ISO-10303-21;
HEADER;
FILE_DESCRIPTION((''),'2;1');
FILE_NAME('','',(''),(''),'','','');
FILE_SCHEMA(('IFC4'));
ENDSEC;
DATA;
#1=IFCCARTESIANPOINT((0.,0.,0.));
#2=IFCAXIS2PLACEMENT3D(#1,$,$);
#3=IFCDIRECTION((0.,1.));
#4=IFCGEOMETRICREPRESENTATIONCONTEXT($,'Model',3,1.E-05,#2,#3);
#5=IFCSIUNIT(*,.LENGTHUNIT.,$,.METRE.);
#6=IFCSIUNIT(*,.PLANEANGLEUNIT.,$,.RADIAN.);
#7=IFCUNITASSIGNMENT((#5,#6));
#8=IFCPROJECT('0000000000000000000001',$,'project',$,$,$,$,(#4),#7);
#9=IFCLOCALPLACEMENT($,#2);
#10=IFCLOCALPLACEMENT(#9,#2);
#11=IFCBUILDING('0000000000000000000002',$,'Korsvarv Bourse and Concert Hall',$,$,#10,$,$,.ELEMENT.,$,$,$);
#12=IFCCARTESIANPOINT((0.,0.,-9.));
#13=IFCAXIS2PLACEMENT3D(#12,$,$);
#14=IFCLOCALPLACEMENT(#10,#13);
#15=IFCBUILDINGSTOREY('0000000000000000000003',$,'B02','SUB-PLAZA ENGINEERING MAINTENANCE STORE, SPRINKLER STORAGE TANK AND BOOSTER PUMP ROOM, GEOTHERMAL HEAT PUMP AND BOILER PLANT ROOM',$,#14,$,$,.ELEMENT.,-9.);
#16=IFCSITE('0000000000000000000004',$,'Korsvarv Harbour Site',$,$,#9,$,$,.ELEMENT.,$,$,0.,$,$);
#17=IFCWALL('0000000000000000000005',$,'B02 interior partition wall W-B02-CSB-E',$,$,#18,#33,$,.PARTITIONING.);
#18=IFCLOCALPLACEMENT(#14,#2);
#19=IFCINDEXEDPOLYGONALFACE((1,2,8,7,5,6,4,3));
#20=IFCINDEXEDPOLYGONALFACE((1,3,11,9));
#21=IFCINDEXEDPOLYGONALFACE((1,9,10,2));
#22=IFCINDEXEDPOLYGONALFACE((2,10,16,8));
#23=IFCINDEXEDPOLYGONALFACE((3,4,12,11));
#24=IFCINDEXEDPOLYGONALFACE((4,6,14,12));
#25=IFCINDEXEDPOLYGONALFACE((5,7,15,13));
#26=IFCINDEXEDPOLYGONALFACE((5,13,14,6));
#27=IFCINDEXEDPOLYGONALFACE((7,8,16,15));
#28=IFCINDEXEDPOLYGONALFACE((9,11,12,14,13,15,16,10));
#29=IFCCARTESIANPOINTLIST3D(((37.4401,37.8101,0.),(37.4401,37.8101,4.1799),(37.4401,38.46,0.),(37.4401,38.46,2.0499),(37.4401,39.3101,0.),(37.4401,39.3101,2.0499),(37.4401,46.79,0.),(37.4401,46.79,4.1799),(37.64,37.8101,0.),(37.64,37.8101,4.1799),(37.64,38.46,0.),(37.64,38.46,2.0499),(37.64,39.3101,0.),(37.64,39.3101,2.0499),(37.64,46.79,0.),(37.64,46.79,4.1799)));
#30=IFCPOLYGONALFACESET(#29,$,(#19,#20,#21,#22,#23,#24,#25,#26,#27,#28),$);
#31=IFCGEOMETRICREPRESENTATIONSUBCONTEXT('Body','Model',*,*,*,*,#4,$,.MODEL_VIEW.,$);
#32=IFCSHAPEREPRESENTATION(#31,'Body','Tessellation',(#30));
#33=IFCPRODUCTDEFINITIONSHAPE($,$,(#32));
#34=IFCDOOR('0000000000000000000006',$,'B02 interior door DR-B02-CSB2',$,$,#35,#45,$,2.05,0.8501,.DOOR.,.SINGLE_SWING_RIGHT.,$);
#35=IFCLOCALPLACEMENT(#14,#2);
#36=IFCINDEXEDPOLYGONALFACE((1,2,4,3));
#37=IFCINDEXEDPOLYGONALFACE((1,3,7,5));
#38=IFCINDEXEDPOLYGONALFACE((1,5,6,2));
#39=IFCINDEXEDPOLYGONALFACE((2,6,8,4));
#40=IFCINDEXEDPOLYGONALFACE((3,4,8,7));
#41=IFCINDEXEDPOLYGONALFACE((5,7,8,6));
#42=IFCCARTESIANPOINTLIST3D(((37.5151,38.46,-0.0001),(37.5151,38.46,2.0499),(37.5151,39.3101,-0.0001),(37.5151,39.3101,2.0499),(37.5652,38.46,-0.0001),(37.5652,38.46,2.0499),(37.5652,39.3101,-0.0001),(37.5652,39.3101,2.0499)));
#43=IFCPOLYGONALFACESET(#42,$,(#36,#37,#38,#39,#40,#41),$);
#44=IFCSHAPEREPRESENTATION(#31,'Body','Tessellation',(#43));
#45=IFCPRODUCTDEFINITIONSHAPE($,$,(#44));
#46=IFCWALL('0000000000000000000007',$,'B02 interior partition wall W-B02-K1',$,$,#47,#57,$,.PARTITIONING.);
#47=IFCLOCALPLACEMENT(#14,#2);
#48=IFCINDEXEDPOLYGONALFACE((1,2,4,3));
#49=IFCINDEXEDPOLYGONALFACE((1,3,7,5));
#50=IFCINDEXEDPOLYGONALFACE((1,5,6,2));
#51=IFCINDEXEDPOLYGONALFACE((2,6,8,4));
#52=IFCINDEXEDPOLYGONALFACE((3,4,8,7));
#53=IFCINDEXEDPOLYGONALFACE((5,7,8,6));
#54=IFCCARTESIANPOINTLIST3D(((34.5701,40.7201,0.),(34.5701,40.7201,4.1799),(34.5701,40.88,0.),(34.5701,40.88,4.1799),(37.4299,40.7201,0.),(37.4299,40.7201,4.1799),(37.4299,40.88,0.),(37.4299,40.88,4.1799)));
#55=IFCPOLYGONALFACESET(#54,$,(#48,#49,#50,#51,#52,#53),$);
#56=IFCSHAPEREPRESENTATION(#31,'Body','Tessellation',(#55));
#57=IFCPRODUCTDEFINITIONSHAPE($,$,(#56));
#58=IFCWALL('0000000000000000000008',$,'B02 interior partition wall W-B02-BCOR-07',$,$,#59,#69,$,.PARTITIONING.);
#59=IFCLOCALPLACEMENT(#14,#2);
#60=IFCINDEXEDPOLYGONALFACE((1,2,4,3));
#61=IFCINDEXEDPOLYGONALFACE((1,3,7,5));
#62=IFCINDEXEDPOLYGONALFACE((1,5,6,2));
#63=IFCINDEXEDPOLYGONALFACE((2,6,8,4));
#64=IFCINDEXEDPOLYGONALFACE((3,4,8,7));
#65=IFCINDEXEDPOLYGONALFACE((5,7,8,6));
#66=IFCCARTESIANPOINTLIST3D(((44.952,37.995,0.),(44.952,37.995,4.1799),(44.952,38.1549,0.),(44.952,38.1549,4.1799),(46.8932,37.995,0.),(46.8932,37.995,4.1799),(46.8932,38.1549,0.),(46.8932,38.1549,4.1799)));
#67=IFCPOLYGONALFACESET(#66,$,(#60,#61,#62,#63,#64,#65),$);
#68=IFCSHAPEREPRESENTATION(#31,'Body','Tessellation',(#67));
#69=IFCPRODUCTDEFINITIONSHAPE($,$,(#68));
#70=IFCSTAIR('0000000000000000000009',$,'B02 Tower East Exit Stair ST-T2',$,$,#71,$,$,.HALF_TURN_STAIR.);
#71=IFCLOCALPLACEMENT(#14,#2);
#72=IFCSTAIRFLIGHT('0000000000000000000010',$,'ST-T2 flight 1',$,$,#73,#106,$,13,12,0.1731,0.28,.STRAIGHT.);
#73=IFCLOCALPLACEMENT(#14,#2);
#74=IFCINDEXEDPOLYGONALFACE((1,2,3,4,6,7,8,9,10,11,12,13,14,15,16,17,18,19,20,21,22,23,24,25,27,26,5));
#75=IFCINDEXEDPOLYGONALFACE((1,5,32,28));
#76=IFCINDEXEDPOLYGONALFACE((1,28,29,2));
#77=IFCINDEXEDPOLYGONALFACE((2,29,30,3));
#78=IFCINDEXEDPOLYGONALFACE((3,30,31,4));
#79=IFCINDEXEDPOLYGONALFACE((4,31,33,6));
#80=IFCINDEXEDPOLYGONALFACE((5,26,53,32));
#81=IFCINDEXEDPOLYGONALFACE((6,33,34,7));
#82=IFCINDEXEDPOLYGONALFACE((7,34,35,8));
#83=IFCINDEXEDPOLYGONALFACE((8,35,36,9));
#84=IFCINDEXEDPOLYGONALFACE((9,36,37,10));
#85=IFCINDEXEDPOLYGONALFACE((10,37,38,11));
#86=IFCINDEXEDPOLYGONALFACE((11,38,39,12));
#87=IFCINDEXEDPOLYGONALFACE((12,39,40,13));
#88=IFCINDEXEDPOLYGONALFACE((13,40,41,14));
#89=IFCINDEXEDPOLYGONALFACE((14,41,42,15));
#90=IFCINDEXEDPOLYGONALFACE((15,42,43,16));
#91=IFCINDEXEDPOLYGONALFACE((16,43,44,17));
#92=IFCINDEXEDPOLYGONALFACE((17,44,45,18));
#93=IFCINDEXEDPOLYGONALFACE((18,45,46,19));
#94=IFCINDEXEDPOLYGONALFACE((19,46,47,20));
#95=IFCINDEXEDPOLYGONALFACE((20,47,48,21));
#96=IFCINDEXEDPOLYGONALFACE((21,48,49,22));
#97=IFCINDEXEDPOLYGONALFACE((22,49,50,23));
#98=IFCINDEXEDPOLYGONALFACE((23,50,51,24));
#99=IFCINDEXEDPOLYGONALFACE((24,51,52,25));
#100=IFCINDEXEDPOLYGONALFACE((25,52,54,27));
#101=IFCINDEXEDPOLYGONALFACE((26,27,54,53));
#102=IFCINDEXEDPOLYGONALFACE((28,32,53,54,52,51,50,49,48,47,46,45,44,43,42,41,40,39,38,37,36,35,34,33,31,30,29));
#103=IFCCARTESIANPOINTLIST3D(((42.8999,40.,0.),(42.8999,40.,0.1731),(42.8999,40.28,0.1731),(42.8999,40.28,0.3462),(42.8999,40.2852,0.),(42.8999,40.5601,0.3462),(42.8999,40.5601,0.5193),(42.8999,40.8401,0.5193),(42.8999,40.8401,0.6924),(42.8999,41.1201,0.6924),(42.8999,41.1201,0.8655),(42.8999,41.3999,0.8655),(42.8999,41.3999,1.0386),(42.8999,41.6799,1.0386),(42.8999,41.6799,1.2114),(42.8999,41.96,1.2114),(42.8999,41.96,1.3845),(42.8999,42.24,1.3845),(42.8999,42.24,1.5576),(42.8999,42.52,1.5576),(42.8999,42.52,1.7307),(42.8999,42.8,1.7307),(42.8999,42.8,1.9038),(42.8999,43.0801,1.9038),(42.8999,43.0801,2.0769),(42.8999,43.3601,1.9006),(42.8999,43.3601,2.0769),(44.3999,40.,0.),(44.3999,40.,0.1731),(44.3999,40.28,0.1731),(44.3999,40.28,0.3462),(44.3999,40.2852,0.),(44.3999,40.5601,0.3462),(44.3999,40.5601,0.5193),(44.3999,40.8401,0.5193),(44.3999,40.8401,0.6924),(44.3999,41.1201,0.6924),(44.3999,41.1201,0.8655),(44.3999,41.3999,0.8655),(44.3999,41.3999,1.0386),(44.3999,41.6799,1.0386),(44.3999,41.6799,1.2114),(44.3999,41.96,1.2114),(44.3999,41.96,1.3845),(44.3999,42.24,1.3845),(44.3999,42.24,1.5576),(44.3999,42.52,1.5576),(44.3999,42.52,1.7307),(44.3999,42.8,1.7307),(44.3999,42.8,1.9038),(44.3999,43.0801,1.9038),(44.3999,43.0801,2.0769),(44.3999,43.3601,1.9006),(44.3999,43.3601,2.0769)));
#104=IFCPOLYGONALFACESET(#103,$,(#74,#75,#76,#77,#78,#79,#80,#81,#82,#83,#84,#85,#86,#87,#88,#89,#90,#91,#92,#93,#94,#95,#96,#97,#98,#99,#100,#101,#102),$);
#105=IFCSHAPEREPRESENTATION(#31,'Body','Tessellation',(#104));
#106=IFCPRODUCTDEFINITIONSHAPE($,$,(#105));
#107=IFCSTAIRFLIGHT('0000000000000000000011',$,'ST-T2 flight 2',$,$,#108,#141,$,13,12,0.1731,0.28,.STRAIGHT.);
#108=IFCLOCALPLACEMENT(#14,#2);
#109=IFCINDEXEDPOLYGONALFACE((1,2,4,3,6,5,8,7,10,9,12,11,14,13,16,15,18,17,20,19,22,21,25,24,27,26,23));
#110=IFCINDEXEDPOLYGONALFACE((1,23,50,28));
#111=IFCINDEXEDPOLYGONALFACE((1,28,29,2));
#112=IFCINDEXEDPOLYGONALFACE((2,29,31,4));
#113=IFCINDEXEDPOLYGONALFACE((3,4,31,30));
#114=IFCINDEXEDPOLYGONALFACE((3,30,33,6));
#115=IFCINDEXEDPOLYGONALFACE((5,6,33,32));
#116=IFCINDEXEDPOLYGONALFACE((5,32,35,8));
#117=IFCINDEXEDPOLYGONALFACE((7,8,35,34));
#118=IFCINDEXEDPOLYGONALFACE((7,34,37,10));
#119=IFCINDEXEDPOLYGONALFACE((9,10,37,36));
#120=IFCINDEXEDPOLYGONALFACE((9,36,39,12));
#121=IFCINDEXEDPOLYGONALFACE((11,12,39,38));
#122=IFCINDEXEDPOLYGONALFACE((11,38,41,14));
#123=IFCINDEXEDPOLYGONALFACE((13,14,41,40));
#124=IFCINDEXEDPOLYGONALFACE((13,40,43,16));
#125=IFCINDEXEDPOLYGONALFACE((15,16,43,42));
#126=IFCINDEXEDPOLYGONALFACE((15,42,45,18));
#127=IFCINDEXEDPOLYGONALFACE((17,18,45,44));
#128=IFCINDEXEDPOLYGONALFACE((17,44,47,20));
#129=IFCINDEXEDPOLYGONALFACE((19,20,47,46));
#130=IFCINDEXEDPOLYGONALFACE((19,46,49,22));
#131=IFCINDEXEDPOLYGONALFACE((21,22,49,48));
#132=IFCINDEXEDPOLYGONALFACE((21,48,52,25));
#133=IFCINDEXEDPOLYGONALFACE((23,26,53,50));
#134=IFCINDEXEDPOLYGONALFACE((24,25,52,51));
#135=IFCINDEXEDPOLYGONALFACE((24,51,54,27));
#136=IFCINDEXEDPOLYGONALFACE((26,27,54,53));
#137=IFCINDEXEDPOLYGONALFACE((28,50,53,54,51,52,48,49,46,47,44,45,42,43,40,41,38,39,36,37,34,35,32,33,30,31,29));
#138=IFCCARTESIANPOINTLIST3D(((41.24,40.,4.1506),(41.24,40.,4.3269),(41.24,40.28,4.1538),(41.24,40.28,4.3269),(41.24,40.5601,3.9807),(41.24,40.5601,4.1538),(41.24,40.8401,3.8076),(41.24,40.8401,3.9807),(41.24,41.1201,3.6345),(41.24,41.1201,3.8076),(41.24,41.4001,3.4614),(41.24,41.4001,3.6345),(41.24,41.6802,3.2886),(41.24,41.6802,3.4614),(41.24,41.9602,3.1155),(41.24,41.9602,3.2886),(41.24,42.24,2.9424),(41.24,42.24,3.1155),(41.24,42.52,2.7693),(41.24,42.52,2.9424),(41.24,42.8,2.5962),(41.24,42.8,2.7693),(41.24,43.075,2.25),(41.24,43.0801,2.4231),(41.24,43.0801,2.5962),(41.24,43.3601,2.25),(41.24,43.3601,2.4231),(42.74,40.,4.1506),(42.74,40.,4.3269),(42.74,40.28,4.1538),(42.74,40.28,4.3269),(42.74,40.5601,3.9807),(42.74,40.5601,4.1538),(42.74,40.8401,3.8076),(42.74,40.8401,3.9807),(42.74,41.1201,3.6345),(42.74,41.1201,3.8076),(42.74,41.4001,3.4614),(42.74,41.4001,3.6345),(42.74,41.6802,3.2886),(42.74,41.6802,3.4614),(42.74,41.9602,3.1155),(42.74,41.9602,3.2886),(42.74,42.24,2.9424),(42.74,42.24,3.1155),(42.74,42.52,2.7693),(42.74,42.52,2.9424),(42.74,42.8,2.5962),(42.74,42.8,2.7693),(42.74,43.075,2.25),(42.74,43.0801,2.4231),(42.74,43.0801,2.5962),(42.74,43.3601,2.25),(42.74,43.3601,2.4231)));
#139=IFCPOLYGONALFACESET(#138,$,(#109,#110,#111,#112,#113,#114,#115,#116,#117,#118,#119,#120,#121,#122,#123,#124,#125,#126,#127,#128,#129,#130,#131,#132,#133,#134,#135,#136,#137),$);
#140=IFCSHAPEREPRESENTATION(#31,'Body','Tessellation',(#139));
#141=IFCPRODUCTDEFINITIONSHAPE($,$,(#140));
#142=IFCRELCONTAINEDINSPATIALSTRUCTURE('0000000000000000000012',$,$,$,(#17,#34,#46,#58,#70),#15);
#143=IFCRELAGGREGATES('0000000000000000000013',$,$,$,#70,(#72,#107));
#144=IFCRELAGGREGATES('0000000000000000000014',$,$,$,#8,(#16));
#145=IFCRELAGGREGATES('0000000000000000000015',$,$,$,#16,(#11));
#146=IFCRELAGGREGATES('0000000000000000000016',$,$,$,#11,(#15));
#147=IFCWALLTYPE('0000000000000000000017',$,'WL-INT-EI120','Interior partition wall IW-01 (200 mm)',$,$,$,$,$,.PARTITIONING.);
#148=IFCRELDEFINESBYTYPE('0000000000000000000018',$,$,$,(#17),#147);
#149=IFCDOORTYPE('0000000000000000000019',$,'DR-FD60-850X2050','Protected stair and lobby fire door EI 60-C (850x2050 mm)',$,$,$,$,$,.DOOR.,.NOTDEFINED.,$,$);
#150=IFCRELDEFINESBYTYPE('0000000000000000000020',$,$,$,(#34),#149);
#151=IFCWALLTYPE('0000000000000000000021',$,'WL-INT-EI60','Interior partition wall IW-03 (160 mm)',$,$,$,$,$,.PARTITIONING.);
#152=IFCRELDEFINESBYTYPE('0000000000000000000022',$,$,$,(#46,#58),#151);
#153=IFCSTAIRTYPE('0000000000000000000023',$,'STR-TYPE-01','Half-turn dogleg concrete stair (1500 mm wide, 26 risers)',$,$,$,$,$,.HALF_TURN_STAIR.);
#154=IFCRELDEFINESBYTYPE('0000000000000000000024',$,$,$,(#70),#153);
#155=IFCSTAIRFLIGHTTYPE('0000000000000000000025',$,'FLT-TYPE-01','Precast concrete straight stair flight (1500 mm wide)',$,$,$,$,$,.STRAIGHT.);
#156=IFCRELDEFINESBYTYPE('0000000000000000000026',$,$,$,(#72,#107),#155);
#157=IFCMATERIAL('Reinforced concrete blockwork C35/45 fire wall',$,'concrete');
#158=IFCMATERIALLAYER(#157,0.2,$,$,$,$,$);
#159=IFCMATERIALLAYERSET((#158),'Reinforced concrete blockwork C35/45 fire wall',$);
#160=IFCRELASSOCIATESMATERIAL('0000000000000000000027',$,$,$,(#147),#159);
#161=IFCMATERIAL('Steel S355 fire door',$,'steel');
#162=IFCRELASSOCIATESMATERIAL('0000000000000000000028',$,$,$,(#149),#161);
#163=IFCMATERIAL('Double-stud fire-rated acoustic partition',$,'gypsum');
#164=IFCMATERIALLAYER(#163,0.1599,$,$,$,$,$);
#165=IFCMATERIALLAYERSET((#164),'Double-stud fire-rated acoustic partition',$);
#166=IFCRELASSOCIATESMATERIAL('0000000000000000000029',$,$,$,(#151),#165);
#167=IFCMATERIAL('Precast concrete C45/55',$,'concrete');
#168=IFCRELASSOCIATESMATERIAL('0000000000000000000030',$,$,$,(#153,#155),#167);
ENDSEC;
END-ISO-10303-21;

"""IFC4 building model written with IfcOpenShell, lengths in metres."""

from ifc_helpers import new_model, si_unit, direction, frame, frame_2d, origin, place, context, subcontext, project, spatial, polyline, rectangle, outline, extrude, material, layer, layer_set, type_object, element, fill, aggregate, save


model = new_model("IFC4")

# Units and contexts
model_context = context("Model", 3, precision=1e-05, world=origin(), true_north=direction((0.0, 1.0)))
body_context = subcontext(model_context, "Body", "Model", "MODEL_VIEW")
ifc_project = project(units=[si_unit("LENGTHUNIT", "METRE"), si_unit("PLANEANGLEUNIT", "RADIAN")], contexts=[model_context])

# Site, building, storey
site_placement = place(None, origin())
site = spatial("IfcSite", under=ifc_project, at=site_placement, Name="Korsvarv Harbour Site", CompositionType="ELEMENT", RefElevation=0.0)
building_placement = place(site_placement, origin())
building = spatial("IfcBuilding", under=site, at=building_placement, Name="Korsvarv Bourse and Concert Hall", CompositionType="ELEMENT")
storey_placement = place(building_placement, frame((0.0, 0.0, -9.0)))
storey = spatial("IfcBuildingStorey", under=building, at=storey_placement, Name="B02", Description="SUB-PLAZA ENGINEERING MAINTENANCE STORE, SPRINKLER STORAGE TANK AND BOOSTER PUMP ROOM, GEOTHERMAL HEAT PUMP AND BOILER PLANT ROOM", CompositionType="ELEMENT", Elevation=-9.0)

# Shared definitions
ifc_material_1 = material(Name="Steel S355 fire door", Category="steel")

# Wall, opening, door
ifc_material_2 = material(Name="Reinforced concrete blockwork C35/45 fire wall", Category="concrete")
ifc_layer_1 = layer(ifc_material_2, 0.2)
ifc_layer_set_1 = layer_set([ifc_layer_1], Name="Reinforced concrete blockwork C35/45 fire wall")
wall_type_1 = type_object("IfcWallType", Name="WL-INT-EI120", Description="Interior partition wall IW-01 (200 mm)", PredefinedType="PARTITIONING", material=ifc_layer_set_1)
door_type_1 = type_object("IfcDoorType", Name="DR-FD60-850X2050", Description="Protected stair and lobby fire door EI 60-C (850x2050 mm)", OperationType="NOTDEFINED", PredefinedType="DOOR", material=ifc_material_1)
wall_1_placement = place(storey_placement, frame((37.54, 37.8101, 0.0), z_axis=(0.0, 0.0, 1.0), x_axis=(0.0, 1.0, 0.0)))
wall_1 = element("IfcWall", 1, at=wall_1_placement, inside=storey, type_object=wall_type_1, Name="B02 interior partition wall W-B02-CSB-E", PredefinedType="PARTITIONING", context=body_context, shape_type="SweptSolid", body=[
    extrude(rectangle(XDim=8.98, YDim=0.2, at=frame_2d((4.49, 0.0))), origin(), (0.0, 0.0, 1.0), 4.1799),
])
opening_1_placement = place(wall_1_placement, frame((0.6499, 0.0, 0.0)))
opening_1 = element("IfcOpeningElement", 2, at=opening_1_placement, cuts=wall_1, PredefinedType="OPENING", context=body_context, shape_type="SweptSolid", body=[
    extrude(rectangle(XDim=0.8501, YDim=2.05, at=frame_2d((0.425, 1.0249))), frame((0.0, 0.1099, 0.0), z_axis=(0.0, -1.0, 0.0), x_axis=(1.0, 0.0, 0.0)), (0.0, 0.0, 1.0), 0.22),
])
door_1_placement = place(opening_1_placement, origin())
door_1 = element("IfcDoor", 3, at=door_1_placement, inside=storey, type_object=door_type_1, Name="B02 interior door DR-B02-CSB2", OperationType="SINGLE_SWING_RIGHT", OverallHeight=2.05, OverallWidth=0.8501, PredefinedType="DOOR", context=body_context, shape_type="SweptSolid", body=[
    extrude(rectangle(XDim=0.8501, YDim=2.05, at=frame_2d((0.425, 1.0249))), frame((0.0, 0.0249, 0.0), z_axis=(0.0, -1.0, 0.0), x_axis=(1.0, 0.0, 0.0)), (0.0, 0.0, 1.0), 0.05),
])
fill(opening_1, door_1)

# Walls
ifc_material_3 = material(Name="Double-stud fire-rated acoustic partition", Category="gypsum")
ifc_layer_2 = layer(ifc_material_3, 0.1599)
ifc_layer_set_2 = layer_set([ifc_layer_2], Name="Double-stud fire-rated acoustic partition")
wall_type_2 = type_object("IfcWallType", Name="WL-INT-EI60", Description="Interior partition wall IW-03 (160 mm)", PredefinedType="PARTITIONING", material=ifc_layer_set_2)
wall_2_placement = place(storey_placement, frame((34.5701, 40.8, 0.0), z_axis=(0.0, 0.0, 1.0), x_axis=(1.0, 0.0, 0.0)))
element("IfcWall", 4, at=wall_2_placement, inside=storey, type_object=wall_type_2, Name="B02 interior partition wall W-B02-K1", PredefinedType="PARTITIONING", context=body_context, shape_type="SweptSolid", body=[
    extrude(rectangle(XDim=2.8599, YDim=0.1599, at=frame_2d((1.4299, 0.0))), origin(), (0.0, 0.0, 1.0), 4.1799),
])
wall_3_placement = place(storey_placement, frame((44.9519, 38.075, 0.0), z_axis=(0.0, 0.0, 1.0), x_axis=(1.0, 0.0, 0.0)))
element("IfcWall", 5, at=wall_3_placement, inside=storey, type_object=wall_type_2, Name="B02 interior partition wall W-B02-BCOR-07", PredefinedType="PARTITIONING", context=body_context, shape_type="SweptSolid", body=[
    extrude(rectangle(XDim=1.9412, YDim=0.1599, at=frame_2d((0.9707, 0.0))), origin(), (0.0, 0.0, 1.0), 4.1799),
])

# Stair, stair flights
ifc_material_4 = material(Name="Precast concrete C45/55", Category="concrete")
stair_type = type_object("IfcStairType", Name="STR-TYPE-01", Description="Half-turn dogleg concrete stair (1500 mm wide, 26 risers)", PredefinedType="HALF_TURN_STAIR", material=ifc_material_4)
stair_placement = place(storey_placement, origin())
stair = element("IfcStair", 6, at=stair_placement, inside=storey, type_object=stair_type, Name="B02 Tower East Exit Stair ST-T2", PredefinedType="HALF_TURN_STAIR")
stair_flight_type = type_object("IfcStairFlightType", Name="FLT-TYPE-01", Description="Precast concrete straight stair flight (1500 mm wide)", PredefinedType="STRAIGHT", material=ifc_material_4)
stair_flight_1_placement = place(storey_placement, frame((43.6499, 40.0, 0.0), z_axis=(0.0, 0.0, 1.0), x_axis=(0.0, 1.0, 0.0)))
stair_flight_1 = element("IfcStairFlight", 7, at=stair_flight_1_placement, type_object=stair_flight_type, Name="ST-T2 flight 1", NumberOfRisers=13, NumberOfTreads=12, PredefinedType="STRAIGHT", RiserHeight=0.1731, TreadLength=0.28, context=body_context, shape_type="SweptSolid", body=[
    extrude(outline(polyline([(0.0, 0.0), (0.0, 0.1731), (0.28, 0.1731), (0.28, 0.3462), (0.5601, 0.3462), (0.5601, 0.5193), (0.8401, 0.5193), (0.8401, 0.6924), (1.1201, 0.6924), (1.1201, 0.8655), (1.3999, 0.8655), (1.3999, 1.0386), (1.6799, 1.0386), (1.6799, 1.2114), (1.96, 1.2114), (1.96, 1.3845), (2.24, 1.3845), (2.24, 1.5576), (2.52, 1.5576), (2.52, 1.7307), (2.8, 1.7307), (2.8, 1.9038), (3.0801, 1.9038), (3.0801, 2.0769), (3.3601, 2.0769), (3.3601, 2.25), (3.3601, 1.9006), (0.2852, 0.0), (0.0, 0.0)])), frame((0.0, 0.75, 0.0), z_axis=(0.0, -1.0, 0.0), x_axis=(1.0, 0.0, 0.0)), (0.0, 0.0, 1.0), 1.5),
])
stair_flight_2_placement = place(storey_placement, frame((41.99, 43.3601, 2.25), z_axis=(0.0, 0.0, 1.0), x_axis=(0.0, -1.0, 0.0)))
stair_flight_2 = element("IfcStairFlight", 8, at=stair_flight_2_placement, type_object=stair_flight_type, Name="ST-T2 flight 2", NumberOfRisers=13, NumberOfTreads=12, PredefinedType="STRAIGHT", RiserHeight=0.1731, TreadLength=0.28, context=body_context, shape_type="SweptSolid", body=[
    extrude(outline(polyline([(0.0, 0.0), (0.0, 0.1731), (0.28, 0.1731), (0.28, 0.3462), (0.5601, 0.3462), (0.5601, 0.5193), (0.8401, 0.5193), (0.8401, 0.6924), (1.1201, 0.6924), (1.1201, 0.8655), (1.3999, 0.8655), (1.3999, 1.0386), (1.6799, 1.0386), (1.6799, 1.2114), (1.96, 1.2114), (1.96, 1.3845), (2.24, 1.3845), (2.24, 1.5576), (2.52, 1.5576), (2.52, 1.7307), (2.8, 1.7307), (2.8, 1.9038), (3.0801, 1.9038), (3.0801, 2.0769), (3.3601, 2.0769), (3.3601, 2.25), (3.3601, 1.9006), (0.2852, 0.0), (0.0, 0.0)])), frame((0.0, 0.75, 0.0), z_axis=(0.0, -1.0, 0.0), x_axis=(1.0, 0.0, 0.0)), (0.0, 0.0, 1.0), 1.5),
])
aggregate(stair, [stair_flight_1, stair_flight_2])

save(model, "model.ifc")
